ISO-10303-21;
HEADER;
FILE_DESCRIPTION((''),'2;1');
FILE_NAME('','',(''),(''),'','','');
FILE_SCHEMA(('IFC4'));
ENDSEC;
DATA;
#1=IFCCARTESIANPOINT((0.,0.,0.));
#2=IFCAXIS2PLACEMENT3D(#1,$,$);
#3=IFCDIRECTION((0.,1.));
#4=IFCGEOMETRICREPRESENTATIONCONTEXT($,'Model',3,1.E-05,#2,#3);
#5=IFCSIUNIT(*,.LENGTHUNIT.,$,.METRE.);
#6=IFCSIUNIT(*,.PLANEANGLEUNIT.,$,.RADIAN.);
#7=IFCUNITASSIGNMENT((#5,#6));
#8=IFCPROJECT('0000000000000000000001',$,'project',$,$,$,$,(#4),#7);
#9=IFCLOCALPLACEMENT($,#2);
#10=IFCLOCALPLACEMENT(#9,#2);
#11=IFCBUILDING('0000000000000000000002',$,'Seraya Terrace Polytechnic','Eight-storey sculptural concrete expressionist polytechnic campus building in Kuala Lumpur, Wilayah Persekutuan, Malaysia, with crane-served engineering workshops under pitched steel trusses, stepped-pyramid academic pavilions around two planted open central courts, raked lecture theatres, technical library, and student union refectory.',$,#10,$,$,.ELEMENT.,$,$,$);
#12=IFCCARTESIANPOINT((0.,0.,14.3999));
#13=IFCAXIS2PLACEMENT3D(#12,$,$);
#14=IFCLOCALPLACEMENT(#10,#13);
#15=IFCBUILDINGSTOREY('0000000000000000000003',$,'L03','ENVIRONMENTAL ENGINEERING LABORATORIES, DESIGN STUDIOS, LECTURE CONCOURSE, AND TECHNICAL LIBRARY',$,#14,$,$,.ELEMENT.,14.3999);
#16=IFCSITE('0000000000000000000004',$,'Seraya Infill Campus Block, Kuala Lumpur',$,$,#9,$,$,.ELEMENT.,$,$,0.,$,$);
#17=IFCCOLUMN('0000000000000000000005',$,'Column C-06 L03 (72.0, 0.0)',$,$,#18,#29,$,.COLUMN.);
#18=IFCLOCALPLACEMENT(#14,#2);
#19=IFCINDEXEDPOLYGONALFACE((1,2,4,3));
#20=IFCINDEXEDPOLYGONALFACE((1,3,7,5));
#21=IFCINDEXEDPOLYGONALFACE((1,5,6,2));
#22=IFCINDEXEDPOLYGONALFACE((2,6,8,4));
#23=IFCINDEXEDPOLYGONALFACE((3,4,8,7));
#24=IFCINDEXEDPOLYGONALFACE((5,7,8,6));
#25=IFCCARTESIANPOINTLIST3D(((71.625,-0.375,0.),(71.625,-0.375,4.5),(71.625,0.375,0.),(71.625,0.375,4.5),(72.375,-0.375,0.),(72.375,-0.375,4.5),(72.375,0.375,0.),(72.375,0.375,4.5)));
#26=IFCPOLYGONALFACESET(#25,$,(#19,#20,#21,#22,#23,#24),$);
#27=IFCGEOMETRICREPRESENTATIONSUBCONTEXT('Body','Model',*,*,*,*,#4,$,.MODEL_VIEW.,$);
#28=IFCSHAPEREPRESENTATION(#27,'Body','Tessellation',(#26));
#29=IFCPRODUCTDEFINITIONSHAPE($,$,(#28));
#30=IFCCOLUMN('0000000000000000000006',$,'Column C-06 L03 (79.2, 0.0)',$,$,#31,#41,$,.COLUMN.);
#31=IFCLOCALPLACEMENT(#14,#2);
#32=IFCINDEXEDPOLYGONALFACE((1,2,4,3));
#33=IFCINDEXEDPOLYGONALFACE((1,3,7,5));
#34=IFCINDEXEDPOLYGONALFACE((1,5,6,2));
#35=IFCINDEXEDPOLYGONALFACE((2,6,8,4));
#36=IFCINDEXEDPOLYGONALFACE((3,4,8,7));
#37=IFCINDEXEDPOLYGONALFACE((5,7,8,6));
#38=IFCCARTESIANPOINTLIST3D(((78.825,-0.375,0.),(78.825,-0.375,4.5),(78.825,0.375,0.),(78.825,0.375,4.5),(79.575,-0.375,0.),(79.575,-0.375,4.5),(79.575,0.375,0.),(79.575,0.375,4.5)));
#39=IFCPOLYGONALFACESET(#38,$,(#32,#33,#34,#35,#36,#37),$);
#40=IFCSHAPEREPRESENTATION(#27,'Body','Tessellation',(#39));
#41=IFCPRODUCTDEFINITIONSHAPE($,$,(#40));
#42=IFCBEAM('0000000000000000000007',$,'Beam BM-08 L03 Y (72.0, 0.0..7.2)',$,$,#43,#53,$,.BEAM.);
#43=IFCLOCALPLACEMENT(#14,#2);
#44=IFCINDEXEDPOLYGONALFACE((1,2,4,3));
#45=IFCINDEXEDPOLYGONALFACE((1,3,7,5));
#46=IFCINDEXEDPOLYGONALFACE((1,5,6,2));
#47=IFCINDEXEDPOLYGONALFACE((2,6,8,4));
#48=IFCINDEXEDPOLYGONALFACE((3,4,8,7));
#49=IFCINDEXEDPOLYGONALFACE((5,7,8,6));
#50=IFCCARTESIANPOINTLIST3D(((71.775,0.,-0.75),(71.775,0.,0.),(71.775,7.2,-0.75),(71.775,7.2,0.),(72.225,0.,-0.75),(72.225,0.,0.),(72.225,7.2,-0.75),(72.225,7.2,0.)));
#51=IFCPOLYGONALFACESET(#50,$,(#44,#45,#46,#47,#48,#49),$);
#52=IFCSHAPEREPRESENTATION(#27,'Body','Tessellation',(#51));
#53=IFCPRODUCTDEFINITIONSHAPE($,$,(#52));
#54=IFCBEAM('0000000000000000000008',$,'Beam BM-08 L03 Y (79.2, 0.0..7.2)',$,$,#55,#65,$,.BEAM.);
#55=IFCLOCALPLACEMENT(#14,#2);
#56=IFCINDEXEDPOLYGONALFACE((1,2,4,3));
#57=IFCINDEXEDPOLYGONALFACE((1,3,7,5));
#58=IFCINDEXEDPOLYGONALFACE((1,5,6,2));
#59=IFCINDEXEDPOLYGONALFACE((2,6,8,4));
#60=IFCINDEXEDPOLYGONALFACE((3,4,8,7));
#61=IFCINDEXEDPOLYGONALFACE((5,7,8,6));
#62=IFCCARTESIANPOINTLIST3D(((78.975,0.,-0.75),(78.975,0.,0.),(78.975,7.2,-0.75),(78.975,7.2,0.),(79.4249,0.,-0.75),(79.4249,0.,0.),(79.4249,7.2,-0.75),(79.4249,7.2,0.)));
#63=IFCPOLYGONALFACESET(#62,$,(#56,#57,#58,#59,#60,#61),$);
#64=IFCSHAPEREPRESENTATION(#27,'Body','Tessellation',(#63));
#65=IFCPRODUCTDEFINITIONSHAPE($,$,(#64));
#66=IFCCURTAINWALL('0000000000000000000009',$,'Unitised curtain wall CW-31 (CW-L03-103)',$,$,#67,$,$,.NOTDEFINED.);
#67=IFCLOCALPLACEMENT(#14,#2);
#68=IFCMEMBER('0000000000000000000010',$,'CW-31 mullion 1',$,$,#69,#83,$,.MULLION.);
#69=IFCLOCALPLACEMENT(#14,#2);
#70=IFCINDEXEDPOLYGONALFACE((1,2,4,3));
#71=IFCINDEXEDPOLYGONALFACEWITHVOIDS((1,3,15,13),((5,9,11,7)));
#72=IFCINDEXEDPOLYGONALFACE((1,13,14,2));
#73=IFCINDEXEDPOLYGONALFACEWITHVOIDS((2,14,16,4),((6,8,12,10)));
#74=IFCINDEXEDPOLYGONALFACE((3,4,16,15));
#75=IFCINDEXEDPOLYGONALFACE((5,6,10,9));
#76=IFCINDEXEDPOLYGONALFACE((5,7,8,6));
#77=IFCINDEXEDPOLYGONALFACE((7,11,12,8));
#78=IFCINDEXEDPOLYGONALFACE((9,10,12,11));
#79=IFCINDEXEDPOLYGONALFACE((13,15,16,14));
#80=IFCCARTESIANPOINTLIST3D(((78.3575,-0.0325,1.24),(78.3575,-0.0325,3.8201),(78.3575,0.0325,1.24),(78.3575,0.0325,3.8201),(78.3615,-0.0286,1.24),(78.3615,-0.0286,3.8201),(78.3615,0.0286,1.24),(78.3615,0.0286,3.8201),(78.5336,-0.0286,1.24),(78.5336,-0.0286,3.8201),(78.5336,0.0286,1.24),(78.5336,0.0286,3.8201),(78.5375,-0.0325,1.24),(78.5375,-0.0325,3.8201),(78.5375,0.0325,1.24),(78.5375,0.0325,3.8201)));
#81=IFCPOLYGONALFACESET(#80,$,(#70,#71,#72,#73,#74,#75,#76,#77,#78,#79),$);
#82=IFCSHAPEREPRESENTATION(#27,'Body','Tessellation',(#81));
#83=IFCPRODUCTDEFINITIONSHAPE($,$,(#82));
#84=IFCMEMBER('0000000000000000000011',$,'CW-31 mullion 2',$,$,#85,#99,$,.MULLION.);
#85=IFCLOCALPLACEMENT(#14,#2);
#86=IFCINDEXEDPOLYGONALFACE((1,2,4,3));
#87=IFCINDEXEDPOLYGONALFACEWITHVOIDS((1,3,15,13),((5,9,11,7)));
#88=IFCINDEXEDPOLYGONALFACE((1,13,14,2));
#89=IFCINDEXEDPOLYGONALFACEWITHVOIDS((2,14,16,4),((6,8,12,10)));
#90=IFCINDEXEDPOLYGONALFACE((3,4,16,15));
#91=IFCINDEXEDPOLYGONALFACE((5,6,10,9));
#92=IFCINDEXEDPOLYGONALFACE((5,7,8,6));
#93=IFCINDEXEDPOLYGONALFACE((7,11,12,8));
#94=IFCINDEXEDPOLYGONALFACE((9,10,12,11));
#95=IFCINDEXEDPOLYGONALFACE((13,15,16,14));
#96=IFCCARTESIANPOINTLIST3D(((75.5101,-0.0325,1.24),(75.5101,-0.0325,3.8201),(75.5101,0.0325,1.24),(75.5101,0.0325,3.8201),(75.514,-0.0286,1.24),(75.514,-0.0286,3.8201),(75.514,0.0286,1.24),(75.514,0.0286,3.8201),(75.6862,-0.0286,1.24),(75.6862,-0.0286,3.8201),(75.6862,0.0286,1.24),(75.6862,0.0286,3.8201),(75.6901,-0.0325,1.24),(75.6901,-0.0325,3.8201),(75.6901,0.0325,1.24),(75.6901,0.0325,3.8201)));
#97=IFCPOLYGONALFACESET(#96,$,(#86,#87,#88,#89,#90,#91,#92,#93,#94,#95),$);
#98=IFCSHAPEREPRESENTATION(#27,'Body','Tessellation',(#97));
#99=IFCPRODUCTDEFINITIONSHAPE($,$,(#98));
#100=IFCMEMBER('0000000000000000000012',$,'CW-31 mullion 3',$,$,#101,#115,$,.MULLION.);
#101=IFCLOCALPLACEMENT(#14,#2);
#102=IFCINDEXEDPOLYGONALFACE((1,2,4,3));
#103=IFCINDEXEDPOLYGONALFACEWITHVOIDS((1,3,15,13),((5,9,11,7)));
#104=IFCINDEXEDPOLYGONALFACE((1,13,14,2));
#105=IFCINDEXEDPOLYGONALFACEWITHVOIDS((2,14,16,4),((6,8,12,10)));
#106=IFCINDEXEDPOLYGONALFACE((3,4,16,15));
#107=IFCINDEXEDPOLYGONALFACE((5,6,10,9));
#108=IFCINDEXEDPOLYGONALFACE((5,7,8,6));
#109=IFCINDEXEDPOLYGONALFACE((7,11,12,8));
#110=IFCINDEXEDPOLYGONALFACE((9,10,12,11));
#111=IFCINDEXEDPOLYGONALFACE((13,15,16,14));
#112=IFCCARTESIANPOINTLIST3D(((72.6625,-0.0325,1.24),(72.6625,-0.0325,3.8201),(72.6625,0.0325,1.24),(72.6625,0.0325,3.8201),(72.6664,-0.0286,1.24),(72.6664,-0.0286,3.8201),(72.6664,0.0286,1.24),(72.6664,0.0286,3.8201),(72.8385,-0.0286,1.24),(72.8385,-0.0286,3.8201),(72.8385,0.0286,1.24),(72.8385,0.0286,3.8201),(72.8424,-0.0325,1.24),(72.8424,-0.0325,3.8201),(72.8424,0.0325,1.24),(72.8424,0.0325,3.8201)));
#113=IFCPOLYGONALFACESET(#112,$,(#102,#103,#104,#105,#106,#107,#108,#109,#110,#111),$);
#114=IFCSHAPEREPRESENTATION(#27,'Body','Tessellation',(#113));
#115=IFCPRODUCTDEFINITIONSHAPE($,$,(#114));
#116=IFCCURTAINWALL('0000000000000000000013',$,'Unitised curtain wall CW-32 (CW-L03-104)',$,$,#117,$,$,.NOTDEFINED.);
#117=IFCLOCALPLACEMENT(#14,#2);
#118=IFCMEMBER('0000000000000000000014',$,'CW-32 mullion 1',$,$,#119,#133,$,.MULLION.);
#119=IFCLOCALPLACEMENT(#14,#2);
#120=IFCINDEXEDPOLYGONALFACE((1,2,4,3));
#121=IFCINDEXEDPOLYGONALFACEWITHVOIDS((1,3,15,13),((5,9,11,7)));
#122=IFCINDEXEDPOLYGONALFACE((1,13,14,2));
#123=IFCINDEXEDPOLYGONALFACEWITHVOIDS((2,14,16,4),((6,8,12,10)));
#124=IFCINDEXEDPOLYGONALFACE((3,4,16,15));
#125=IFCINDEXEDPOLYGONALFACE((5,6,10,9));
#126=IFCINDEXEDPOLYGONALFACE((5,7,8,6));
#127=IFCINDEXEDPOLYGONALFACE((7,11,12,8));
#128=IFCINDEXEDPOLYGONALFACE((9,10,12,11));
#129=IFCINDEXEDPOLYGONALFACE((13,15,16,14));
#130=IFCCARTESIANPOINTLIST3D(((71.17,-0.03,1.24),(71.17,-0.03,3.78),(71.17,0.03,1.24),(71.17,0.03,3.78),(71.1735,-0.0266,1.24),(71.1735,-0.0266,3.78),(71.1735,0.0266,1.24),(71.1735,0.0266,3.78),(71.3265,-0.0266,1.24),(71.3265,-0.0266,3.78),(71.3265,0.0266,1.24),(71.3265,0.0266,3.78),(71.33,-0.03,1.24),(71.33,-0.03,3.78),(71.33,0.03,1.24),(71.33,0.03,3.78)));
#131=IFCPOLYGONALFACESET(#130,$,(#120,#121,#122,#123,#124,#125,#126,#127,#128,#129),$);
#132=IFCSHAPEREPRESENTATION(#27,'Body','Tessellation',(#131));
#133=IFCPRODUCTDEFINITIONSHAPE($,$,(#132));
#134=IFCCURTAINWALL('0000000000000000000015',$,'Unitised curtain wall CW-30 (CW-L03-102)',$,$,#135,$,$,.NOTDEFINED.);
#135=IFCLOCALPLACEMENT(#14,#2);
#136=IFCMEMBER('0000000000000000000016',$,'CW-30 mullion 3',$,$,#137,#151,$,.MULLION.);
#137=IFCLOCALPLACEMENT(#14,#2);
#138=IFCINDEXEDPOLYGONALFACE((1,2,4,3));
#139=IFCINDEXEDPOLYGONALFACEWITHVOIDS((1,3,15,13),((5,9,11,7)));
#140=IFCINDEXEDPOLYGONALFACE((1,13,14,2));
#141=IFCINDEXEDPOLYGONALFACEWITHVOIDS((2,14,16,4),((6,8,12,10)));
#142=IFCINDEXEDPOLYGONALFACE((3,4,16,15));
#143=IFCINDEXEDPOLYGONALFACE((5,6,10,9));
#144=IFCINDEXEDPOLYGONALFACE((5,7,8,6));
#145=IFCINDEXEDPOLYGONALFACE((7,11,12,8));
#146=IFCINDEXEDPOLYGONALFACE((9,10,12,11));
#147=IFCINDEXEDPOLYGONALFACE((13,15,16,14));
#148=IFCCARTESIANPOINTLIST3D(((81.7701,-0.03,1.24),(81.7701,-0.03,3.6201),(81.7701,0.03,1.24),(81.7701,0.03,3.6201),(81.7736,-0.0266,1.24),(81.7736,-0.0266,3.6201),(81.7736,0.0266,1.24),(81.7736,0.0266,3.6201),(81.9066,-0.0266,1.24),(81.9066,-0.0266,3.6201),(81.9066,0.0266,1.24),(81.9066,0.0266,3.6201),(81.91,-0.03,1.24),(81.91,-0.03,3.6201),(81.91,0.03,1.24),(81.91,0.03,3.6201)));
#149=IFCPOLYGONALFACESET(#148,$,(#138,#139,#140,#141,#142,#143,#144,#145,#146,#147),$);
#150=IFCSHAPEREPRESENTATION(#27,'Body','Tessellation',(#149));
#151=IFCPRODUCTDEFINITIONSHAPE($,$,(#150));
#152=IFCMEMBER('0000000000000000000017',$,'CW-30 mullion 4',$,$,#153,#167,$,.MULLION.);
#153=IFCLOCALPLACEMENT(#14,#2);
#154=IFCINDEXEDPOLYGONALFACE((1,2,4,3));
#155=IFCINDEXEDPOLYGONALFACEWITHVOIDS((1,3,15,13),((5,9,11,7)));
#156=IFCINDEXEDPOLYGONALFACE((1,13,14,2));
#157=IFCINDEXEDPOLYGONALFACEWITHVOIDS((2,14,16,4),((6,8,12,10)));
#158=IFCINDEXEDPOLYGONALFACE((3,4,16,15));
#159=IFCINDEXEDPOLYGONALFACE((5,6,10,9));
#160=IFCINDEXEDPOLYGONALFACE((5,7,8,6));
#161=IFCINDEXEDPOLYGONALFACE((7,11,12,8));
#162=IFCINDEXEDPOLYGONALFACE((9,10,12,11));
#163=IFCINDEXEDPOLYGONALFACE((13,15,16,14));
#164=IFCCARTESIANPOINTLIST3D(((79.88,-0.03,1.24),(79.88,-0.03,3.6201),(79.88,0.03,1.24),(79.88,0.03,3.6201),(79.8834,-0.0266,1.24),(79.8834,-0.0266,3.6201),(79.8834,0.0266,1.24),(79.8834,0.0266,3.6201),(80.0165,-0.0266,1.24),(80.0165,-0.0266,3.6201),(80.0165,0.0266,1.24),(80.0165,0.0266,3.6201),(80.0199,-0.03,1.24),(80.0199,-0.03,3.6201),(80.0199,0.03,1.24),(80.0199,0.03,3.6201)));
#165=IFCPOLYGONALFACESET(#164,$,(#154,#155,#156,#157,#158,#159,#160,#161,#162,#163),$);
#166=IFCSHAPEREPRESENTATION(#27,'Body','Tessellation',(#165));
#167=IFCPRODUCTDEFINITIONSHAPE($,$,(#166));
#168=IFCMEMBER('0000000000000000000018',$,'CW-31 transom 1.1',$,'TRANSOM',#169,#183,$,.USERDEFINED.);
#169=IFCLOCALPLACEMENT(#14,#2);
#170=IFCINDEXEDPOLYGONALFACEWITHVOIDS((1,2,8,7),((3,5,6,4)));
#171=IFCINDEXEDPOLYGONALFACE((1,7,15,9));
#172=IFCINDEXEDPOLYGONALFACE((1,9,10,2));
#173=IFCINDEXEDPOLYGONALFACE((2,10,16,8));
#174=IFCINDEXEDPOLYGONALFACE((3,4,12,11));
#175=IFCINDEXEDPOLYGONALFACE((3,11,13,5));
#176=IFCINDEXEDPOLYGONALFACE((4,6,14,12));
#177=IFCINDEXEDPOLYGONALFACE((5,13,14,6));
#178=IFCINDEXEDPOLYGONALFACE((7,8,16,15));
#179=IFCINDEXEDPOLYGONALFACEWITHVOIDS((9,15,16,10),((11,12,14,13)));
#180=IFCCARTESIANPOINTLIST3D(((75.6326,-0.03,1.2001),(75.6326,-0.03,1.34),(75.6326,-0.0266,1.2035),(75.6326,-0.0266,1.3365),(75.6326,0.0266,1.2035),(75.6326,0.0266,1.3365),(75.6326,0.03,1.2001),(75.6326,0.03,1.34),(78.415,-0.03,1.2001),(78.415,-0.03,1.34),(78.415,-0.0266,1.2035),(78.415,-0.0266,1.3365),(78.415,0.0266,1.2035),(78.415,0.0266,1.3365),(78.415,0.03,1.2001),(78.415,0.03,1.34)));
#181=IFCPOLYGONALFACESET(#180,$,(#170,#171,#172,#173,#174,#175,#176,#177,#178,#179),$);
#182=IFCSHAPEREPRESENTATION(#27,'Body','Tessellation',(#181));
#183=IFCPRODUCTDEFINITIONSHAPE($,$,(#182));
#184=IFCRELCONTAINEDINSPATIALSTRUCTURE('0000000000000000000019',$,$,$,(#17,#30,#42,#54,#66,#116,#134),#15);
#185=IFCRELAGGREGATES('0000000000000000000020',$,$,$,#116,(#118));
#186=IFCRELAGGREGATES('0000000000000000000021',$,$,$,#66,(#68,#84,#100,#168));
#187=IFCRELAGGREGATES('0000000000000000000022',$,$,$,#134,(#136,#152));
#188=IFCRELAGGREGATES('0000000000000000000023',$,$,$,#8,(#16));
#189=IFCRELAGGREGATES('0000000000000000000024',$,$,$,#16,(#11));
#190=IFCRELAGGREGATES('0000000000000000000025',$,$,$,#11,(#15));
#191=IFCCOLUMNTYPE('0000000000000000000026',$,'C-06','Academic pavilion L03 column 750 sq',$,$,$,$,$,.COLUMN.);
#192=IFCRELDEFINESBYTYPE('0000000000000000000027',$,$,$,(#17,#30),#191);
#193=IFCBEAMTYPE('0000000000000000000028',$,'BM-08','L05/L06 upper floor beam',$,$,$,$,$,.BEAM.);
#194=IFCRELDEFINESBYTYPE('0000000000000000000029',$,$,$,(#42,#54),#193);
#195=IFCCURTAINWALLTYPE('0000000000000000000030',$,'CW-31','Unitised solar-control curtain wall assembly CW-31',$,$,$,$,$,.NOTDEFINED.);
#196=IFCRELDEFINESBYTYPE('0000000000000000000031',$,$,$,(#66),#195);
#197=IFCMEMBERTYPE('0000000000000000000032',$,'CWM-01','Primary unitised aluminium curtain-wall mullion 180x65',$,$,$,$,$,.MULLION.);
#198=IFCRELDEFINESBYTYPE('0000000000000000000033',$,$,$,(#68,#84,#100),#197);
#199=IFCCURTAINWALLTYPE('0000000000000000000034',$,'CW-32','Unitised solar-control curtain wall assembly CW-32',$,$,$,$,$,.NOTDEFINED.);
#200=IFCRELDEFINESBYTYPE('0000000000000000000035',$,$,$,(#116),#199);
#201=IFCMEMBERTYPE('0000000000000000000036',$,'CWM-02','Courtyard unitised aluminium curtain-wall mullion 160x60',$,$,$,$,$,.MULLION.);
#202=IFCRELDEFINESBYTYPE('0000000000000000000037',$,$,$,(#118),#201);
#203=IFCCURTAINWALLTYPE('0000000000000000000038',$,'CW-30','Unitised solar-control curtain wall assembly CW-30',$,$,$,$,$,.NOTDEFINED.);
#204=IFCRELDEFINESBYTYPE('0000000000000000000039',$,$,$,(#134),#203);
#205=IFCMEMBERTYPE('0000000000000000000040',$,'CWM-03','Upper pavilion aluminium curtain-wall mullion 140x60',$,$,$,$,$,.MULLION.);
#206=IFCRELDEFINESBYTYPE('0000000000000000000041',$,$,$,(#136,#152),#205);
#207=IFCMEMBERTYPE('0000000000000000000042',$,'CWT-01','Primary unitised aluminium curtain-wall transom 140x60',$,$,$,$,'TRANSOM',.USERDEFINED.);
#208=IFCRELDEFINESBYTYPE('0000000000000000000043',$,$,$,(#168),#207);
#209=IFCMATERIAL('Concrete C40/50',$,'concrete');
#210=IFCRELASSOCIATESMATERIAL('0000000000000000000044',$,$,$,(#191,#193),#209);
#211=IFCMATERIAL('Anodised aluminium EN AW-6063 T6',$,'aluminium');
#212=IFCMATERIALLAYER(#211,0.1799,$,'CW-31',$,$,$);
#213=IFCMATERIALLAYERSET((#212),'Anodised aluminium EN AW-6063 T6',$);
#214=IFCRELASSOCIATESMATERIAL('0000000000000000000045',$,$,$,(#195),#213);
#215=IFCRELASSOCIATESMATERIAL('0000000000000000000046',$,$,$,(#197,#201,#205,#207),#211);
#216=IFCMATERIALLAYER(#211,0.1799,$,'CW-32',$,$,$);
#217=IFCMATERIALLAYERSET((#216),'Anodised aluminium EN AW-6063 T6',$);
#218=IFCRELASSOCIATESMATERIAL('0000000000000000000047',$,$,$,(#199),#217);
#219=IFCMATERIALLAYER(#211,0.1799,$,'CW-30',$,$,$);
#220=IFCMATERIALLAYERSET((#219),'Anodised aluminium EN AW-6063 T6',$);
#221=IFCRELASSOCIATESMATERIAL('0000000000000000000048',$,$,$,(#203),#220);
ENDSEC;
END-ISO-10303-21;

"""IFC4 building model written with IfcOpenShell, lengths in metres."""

from ifc_helpers import new_model, si_unit, direction, frame, origin, origin_2d, place, context, subcontext, project, spatial, rectangle, hollow_rectangle, extrude, material, layer, layer_set, material_profile, profile_set, type_object, element, aggregate, save


model = new_model("IFC4")

# Units and contexts
model_context = context("Model", 3, precision=1e-05, world=origin(), true_north=direction((0.0, 1.0)))
body_context = subcontext(model_context, "Body", "Model", "MODEL_VIEW")
ifc_project = project(units=[si_unit("LENGTHUNIT", "METRE"), si_unit("PLANEANGLEUNIT", "RADIAN")], contexts=[model_context])

# Site, building, storey
site_placement = place(None, origin())
site = spatial("IfcSite", under=ifc_project, at=site_placement, Name="Seraya Infill Campus Block, Kuala Lumpur", CompositionType="ELEMENT", RefElevation=0.0)
building_placement = place(site_placement, origin())
building = spatial("IfcBuilding", under=site, at=building_placement, Name="Seraya Terrace Polytechnic", Description="Eight-storey sculptural concrete expressionist polytechnic campus building in Kuala Lumpur, Wilayah Persekutuan, Malaysia, with crane-served engineering workshops under pitched steel trusses, stepped-pyramid academic pavilions around two planted open central courts, raked lecture theatres, technical library, and student union refectory.", CompositionType="ELEMENT")
storey_placement = place(building_placement, frame((0.0, 0.0, 14.3999)))
storey = spatial("IfcBuildingStorey", under=building, at=storey_placement, Name="L03", Description="ENVIRONMENTAL ENGINEERING LABORATORIES, DESIGN STUDIOS, LECTURE CONCOURSE, AND TECHNICAL LIBRARY", CompositionType="ELEMENT", Elevation=14.3999)

# Columns
ifc_material_1 = material(Name="Concrete C40/50", Category="concrete")
ifc_material_profile_1 = material_profile(ifc_material_1, rectangle(XDim=0.75, YDim=0.75, at=origin_2d()), Name="RC 750x750")
ifc_profile_set_1 = profile_set([ifc_material_profile_1], Name="Concrete C40/50")
column_type = type_object("IfcColumnType", Name="C-06", Description="Academic pavilion L03 column 750 sq", PredefinedType="COLUMN", material=ifc_profile_set_1)
for number, where, z_axis, x_axis, name in (
    (1, (72.0, 0.0, 0.0), (0.0, 0.0, 1.0), (1.0, 0.0, 0.0), "Column C-06 L03 (72.0, 0.0)"),
    (2, (79.2, 0.0, 0.0), (0.0, 0.0, 1.0), (1.0, 0.0, 0.0), "Column C-06 L03 (79.2, 0.0)"),
):
    element("IfcColumn", number, at=place(storey_placement, frame(where, z_axis=z_axis, x_axis=x_axis)), inside=storey, type_object=column_type, Name=name, PredefinedType="COLUMN", context=body_context, shape_type="SweptSolid", body=[
        extrude(rectangle(XDim=0.75, YDim=0.75, at=origin_2d()), origin(), (0.0, 0.0, 1.0), 4.5),
    ])

# Beams
ifc_material_profile_2 = material_profile(ifc_material_1, rectangle(XDim=0.45, YDim=0.75, at=origin_2d()), Name="RC 450x750")
ifc_profile_set_2 = profile_set([ifc_material_profile_2], Name="Concrete C40/50")
beam_type_1 = type_object("IfcBeamType", Name="BM-08", Description="L05/L06 upper floor beam", PredefinedType="BEAM", material=ifc_profile_set_2)
for number, where, z_axis, x_axis, name in (
    (3, (72.0, 0.0, -0.375), (0.0, 1.0, 0.0), (-1.0, 0.0, 0.0), "Beam BM-08 L03 Y (72.0, 0.0..7.2)"),
    (4, (79.2, 0.0, -0.375), (0.0, 1.0, 0.0), (-1.0, 0.0, 0.0), "Beam BM-08 L03 Y (79.2, 0.0..7.2)"),
):
    element("IfcBeam", number, at=place(storey_placement, frame(where, z_axis=z_axis, x_axis=x_axis)), inside=storey, type_object=beam_type_1, Name=name, PredefinedType="BEAM", context=body_context, shape_type="SweptSolid", body=[
        extrude(rectangle(XDim=0.45, YDim=0.75, at=origin_2d()), origin(), (0.0, 0.0, 1.0), 7.2),
    ])

# Curtain wall, members
ifc_material_2 = material(Name="Anodised aluminium EN AW-6063 T6", Category="aluminium")
ifc_layer_1 = layer(ifc_material_2, 0.1799, Name="CW-31")
ifc_layer_set_1 = layer_set([ifc_layer_1], Name="Anodised aluminium EN AW-6063 T6")
curtain_wall_type_1 = type_object("IfcCurtainWallType", Name="CW-31", Description="Unitised solar-control curtain wall assembly CW-31", PredefinedType="NOTDEFINED", material=ifc_layer_set_1)
curtain_wall_1_placement = place(storey_placement, origin())
curtain_wall_1 = element("IfcCurtainWall", 5, at=curtain_wall_1_placement, inside=storey, type_object=curtain_wall_type_1, Name="Unitised curtain wall CW-31 (CW-L03-103)", PredefinedType="NOTDEFINED")
ifc_material_profile_3 = material_profile(ifc_material_2, hollow_rectangle(XDim=0.0649, YDim=0.1799, WallThickness=0.0039, at=origin_2d()), Name="RHS 180x65x4.0")
ifc_profile_set_3 = profile_set([ifc_material_profile_3], Name="Anodised aluminium EN AW-6063 T6")
member_type_1 = type_object("IfcMemberType", Name="CWM-01", Description="Primary unitised aluminium curtain-wall mullion 180x65", PredefinedType="MULLION", material=ifc_profile_set_3)
member_1_placement = place(storey_placement, frame((78.4475, 0.0, 1.24), z_axis=(0.0, 0.0, 1.0), x_axis=(0.0, -1.0, 0.0)))
member_1 = element("IfcMember", 6, at=member_1_placement, type_object=member_type_1, Name="CW-31 mullion 1", PredefinedType="MULLION", context=body_context, shape_type="SweptSolid", body=[
    extrude(hollow_rectangle(XDim=0.0649, YDim=0.1799, WallThickness=0.0039, at=origin_2d()), origin(), (0.0, 0.0, 1.0), 2.5801),
])
member_2_placement = place(storey_placement, frame((75.6001, 0.0, 1.24), z_axis=(0.0, 0.0, 1.0), x_axis=(0.0, -1.0, 0.0)))
member_2 = element("IfcMember", 7, at=member_2_placement, type_object=member_type_1, Name="CW-31 mullion 2", PredefinedType="MULLION", context=body_context, shape_type="SweptSolid", body=[
    extrude(hollow_rectangle(XDim=0.0649, YDim=0.1799, WallThickness=0.0039, at=origin_2d()), origin(), (0.0, 0.0, 1.0), 2.5801),
])
member_3_placement = place(storey_placement, frame((72.7524, 0.0, 1.24), z_axis=(0.0, 0.0, 1.0), x_axis=(0.0, -1.0, 0.0)))
member_3 = element("IfcMember", 8, at=member_3_placement, type_object=member_type_1, Name="CW-31 mullion 3", PredefinedType="MULLION", context=body_context, shape_type="SweptSolid", body=[
    extrude(hollow_rectangle(XDim=0.0649, YDim=0.1799, WallThickness=0.0039, at=origin_2d()), origin(), (0.0, 0.0, 1.0), 2.5801),
])

# Curtain wall, member
ifc_layer_2 = layer(ifc_material_2, 0.1799, Name="CW-32")
ifc_layer_set_2 = layer_set([ifc_layer_2], Name="Anodised aluminium EN AW-6063 T6")
curtain_wall_type_2 = type_object("IfcCurtainWallType", Name="CW-32", Description="Unitised solar-control curtain wall assembly CW-32", PredefinedType="NOTDEFINED", material=ifc_layer_set_2)
curtain_wall_2_placement = place(storey_placement, origin())
curtain_wall_2 = element("IfcCurtainWall", 9, at=curtain_wall_2_placement, inside=storey, type_object=curtain_wall_type_2, Name="Unitised curtain wall CW-32 (CW-L03-104)", PredefinedType="NOTDEFINED")
ifc_material_profile_4 = material_profile(ifc_material_2, hollow_rectangle(XDim=0.0601, YDim=0.1599, WallThickness=0.0034, at=origin_2d()), Name="RHS 160x60x3.5")
ifc_profile_set_4 = profile_set([ifc_material_profile_4], Name="Anodised aluminium EN AW-6063 T6")
member_type_2 = type_object("IfcMemberType", Name="CWM-02", Description="Courtyard unitised aluminium curtain-wall mullion 160x60", PredefinedType="MULLION", material=ifc_profile_set_4)
member_4_placement = place(storey_placement, frame((71.25, 0.0, 1.24), z_axis=(0.0, 0.0, 1.0), x_axis=(0.0, -1.0, 0.0)))
member_4 = element("IfcMember", 10, at=member_4_placement, type_object=member_type_2, Name="CW-32 mullion 1", PredefinedType="MULLION", context=body_context, shape_type="SweptSolid", body=[
    extrude(hollow_rectangle(XDim=0.0601, YDim=0.1599, WallThickness=0.0034, at=origin_2d()), origin(), (0.0, 0.0, 1.0), 2.54),
])

# Curtain wall, members
ifc_layer_3 = layer(ifc_material_2, 0.1799, Name="CW-30")
ifc_layer_set_3 = layer_set([ifc_layer_3], Name="Anodised aluminium EN AW-6063 T6")
curtain_wall_type_3 = type_object("IfcCurtainWallType", Name="CW-30", Description="Unitised solar-control curtain wall assembly CW-30", PredefinedType="NOTDEFINED", material=ifc_layer_set_3)
curtain_wall_3_placement = place(storey_placement, origin())
curtain_wall_3 = element("IfcCurtainWall", 11, at=curtain_wall_3_placement, inside=storey, type_object=curtain_wall_type_3, Name="Unitised curtain wall CW-30 (CW-L03-102)", PredefinedType="NOTDEFINED")
ifc_material_profile_5 = material_profile(ifc_material_2, hollow_rectangle(XDim=0.0601, YDim=0.1399, WallThickness=0.0034, at=origin_2d()), Name="RHS 140x60x3.5")
ifc_profile_set_5 = profile_set([ifc_material_profile_5], Name="Anodised aluminium EN AW-6063 T6")
member_type_3 = type_object("IfcMemberType", Name="CWM-03", Description="Upper pavilion aluminium curtain-wall mullion 140x60", PredefinedType="MULLION", material=ifc_profile_set_5)
member_5_placement = place(storey_placement, frame((81.8401, 0.0, 1.24), z_axis=(0.0, 0.0, 1.0), x_axis=(0.0, -1.0, 0.0)))
member_5 = element("IfcMember", 12, at=member_5_placement, type_object=member_type_3, Name="CW-30 mullion 3", PredefinedType="MULLION", context=body_context, shape_type="SweptSolid", body=[
    extrude(hollow_rectangle(XDim=0.0601, YDim=0.1399, WallThickness=0.0034, at=origin_2d()), origin(), (0.0, 0.0, 1.0), 2.3801),
])
member_6_placement = place(storey_placement, frame((79.95, 0.0, 1.24), z_axis=(0.0, 0.0, 1.0), x_axis=(0.0, -1.0, 0.0)))
member_6 = element("IfcMember", 13, at=member_6_placement, type_object=member_type_3, Name="CW-30 mullion 4", PredefinedType="MULLION", context=body_context, shape_type="SweptSolid", body=[
    extrude(hollow_rectangle(XDim=0.0601, YDim=0.1399, WallThickness=0.0034, at=origin_2d()), origin(), (0.0, 0.0, 1.0), 2.3801),
])

# Member
ifc_material_profile_6 = material_profile(ifc_material_2, hollow_rectangle(XDim=0.0601, YDim=0.1399, WallThickness=0.0034, at=origin_2d()), Name="RHS 140x60x3.5")
ifc_profile_set_6 = profile_set([ifc_material_profile_6], Name="Anodised aluminium EN AW-6063 T6")
member_type_4 = type_object("IfcMemberType", Name="CWT-01", Description="Primary unitised aluminium curtain-wall transom 140x60", ElementType="TRANSOM", PredefinedType="USERDEFINED", material=ifc_profile_set_6)
member_7_placement = place(storey_placement, frame((78.415, 0.0, 1.27), z_axis=(-1.0, 0.0, 0.0), x_axis=(0.0, -1.0, 0.0)))
member_7 = element("IfcMember", 14, at=member_7_placement, type_object=member_type_4, Name="CW-31 transom 1.1", ObjectType="TRANSOM", PredefinedType="USERDEFINED", context=body_context, shape_type="SweptSolid", body=[
    extrude(hollow_rectangle(XDim=0.0601, YDim=0.1399, WallThickness=0.0034, at=origin_2d()), origin(), (0.0, 0.0, 1.0), 2.7825),
])
aggregate(curtain_wall_2, [member_4])

aggregate(curtain_wall_1, [member_1, member_2, member_3, member_7])
aggregate(curtain_wall_3, [member_5, member_6])

save(model, "model.ifc")
